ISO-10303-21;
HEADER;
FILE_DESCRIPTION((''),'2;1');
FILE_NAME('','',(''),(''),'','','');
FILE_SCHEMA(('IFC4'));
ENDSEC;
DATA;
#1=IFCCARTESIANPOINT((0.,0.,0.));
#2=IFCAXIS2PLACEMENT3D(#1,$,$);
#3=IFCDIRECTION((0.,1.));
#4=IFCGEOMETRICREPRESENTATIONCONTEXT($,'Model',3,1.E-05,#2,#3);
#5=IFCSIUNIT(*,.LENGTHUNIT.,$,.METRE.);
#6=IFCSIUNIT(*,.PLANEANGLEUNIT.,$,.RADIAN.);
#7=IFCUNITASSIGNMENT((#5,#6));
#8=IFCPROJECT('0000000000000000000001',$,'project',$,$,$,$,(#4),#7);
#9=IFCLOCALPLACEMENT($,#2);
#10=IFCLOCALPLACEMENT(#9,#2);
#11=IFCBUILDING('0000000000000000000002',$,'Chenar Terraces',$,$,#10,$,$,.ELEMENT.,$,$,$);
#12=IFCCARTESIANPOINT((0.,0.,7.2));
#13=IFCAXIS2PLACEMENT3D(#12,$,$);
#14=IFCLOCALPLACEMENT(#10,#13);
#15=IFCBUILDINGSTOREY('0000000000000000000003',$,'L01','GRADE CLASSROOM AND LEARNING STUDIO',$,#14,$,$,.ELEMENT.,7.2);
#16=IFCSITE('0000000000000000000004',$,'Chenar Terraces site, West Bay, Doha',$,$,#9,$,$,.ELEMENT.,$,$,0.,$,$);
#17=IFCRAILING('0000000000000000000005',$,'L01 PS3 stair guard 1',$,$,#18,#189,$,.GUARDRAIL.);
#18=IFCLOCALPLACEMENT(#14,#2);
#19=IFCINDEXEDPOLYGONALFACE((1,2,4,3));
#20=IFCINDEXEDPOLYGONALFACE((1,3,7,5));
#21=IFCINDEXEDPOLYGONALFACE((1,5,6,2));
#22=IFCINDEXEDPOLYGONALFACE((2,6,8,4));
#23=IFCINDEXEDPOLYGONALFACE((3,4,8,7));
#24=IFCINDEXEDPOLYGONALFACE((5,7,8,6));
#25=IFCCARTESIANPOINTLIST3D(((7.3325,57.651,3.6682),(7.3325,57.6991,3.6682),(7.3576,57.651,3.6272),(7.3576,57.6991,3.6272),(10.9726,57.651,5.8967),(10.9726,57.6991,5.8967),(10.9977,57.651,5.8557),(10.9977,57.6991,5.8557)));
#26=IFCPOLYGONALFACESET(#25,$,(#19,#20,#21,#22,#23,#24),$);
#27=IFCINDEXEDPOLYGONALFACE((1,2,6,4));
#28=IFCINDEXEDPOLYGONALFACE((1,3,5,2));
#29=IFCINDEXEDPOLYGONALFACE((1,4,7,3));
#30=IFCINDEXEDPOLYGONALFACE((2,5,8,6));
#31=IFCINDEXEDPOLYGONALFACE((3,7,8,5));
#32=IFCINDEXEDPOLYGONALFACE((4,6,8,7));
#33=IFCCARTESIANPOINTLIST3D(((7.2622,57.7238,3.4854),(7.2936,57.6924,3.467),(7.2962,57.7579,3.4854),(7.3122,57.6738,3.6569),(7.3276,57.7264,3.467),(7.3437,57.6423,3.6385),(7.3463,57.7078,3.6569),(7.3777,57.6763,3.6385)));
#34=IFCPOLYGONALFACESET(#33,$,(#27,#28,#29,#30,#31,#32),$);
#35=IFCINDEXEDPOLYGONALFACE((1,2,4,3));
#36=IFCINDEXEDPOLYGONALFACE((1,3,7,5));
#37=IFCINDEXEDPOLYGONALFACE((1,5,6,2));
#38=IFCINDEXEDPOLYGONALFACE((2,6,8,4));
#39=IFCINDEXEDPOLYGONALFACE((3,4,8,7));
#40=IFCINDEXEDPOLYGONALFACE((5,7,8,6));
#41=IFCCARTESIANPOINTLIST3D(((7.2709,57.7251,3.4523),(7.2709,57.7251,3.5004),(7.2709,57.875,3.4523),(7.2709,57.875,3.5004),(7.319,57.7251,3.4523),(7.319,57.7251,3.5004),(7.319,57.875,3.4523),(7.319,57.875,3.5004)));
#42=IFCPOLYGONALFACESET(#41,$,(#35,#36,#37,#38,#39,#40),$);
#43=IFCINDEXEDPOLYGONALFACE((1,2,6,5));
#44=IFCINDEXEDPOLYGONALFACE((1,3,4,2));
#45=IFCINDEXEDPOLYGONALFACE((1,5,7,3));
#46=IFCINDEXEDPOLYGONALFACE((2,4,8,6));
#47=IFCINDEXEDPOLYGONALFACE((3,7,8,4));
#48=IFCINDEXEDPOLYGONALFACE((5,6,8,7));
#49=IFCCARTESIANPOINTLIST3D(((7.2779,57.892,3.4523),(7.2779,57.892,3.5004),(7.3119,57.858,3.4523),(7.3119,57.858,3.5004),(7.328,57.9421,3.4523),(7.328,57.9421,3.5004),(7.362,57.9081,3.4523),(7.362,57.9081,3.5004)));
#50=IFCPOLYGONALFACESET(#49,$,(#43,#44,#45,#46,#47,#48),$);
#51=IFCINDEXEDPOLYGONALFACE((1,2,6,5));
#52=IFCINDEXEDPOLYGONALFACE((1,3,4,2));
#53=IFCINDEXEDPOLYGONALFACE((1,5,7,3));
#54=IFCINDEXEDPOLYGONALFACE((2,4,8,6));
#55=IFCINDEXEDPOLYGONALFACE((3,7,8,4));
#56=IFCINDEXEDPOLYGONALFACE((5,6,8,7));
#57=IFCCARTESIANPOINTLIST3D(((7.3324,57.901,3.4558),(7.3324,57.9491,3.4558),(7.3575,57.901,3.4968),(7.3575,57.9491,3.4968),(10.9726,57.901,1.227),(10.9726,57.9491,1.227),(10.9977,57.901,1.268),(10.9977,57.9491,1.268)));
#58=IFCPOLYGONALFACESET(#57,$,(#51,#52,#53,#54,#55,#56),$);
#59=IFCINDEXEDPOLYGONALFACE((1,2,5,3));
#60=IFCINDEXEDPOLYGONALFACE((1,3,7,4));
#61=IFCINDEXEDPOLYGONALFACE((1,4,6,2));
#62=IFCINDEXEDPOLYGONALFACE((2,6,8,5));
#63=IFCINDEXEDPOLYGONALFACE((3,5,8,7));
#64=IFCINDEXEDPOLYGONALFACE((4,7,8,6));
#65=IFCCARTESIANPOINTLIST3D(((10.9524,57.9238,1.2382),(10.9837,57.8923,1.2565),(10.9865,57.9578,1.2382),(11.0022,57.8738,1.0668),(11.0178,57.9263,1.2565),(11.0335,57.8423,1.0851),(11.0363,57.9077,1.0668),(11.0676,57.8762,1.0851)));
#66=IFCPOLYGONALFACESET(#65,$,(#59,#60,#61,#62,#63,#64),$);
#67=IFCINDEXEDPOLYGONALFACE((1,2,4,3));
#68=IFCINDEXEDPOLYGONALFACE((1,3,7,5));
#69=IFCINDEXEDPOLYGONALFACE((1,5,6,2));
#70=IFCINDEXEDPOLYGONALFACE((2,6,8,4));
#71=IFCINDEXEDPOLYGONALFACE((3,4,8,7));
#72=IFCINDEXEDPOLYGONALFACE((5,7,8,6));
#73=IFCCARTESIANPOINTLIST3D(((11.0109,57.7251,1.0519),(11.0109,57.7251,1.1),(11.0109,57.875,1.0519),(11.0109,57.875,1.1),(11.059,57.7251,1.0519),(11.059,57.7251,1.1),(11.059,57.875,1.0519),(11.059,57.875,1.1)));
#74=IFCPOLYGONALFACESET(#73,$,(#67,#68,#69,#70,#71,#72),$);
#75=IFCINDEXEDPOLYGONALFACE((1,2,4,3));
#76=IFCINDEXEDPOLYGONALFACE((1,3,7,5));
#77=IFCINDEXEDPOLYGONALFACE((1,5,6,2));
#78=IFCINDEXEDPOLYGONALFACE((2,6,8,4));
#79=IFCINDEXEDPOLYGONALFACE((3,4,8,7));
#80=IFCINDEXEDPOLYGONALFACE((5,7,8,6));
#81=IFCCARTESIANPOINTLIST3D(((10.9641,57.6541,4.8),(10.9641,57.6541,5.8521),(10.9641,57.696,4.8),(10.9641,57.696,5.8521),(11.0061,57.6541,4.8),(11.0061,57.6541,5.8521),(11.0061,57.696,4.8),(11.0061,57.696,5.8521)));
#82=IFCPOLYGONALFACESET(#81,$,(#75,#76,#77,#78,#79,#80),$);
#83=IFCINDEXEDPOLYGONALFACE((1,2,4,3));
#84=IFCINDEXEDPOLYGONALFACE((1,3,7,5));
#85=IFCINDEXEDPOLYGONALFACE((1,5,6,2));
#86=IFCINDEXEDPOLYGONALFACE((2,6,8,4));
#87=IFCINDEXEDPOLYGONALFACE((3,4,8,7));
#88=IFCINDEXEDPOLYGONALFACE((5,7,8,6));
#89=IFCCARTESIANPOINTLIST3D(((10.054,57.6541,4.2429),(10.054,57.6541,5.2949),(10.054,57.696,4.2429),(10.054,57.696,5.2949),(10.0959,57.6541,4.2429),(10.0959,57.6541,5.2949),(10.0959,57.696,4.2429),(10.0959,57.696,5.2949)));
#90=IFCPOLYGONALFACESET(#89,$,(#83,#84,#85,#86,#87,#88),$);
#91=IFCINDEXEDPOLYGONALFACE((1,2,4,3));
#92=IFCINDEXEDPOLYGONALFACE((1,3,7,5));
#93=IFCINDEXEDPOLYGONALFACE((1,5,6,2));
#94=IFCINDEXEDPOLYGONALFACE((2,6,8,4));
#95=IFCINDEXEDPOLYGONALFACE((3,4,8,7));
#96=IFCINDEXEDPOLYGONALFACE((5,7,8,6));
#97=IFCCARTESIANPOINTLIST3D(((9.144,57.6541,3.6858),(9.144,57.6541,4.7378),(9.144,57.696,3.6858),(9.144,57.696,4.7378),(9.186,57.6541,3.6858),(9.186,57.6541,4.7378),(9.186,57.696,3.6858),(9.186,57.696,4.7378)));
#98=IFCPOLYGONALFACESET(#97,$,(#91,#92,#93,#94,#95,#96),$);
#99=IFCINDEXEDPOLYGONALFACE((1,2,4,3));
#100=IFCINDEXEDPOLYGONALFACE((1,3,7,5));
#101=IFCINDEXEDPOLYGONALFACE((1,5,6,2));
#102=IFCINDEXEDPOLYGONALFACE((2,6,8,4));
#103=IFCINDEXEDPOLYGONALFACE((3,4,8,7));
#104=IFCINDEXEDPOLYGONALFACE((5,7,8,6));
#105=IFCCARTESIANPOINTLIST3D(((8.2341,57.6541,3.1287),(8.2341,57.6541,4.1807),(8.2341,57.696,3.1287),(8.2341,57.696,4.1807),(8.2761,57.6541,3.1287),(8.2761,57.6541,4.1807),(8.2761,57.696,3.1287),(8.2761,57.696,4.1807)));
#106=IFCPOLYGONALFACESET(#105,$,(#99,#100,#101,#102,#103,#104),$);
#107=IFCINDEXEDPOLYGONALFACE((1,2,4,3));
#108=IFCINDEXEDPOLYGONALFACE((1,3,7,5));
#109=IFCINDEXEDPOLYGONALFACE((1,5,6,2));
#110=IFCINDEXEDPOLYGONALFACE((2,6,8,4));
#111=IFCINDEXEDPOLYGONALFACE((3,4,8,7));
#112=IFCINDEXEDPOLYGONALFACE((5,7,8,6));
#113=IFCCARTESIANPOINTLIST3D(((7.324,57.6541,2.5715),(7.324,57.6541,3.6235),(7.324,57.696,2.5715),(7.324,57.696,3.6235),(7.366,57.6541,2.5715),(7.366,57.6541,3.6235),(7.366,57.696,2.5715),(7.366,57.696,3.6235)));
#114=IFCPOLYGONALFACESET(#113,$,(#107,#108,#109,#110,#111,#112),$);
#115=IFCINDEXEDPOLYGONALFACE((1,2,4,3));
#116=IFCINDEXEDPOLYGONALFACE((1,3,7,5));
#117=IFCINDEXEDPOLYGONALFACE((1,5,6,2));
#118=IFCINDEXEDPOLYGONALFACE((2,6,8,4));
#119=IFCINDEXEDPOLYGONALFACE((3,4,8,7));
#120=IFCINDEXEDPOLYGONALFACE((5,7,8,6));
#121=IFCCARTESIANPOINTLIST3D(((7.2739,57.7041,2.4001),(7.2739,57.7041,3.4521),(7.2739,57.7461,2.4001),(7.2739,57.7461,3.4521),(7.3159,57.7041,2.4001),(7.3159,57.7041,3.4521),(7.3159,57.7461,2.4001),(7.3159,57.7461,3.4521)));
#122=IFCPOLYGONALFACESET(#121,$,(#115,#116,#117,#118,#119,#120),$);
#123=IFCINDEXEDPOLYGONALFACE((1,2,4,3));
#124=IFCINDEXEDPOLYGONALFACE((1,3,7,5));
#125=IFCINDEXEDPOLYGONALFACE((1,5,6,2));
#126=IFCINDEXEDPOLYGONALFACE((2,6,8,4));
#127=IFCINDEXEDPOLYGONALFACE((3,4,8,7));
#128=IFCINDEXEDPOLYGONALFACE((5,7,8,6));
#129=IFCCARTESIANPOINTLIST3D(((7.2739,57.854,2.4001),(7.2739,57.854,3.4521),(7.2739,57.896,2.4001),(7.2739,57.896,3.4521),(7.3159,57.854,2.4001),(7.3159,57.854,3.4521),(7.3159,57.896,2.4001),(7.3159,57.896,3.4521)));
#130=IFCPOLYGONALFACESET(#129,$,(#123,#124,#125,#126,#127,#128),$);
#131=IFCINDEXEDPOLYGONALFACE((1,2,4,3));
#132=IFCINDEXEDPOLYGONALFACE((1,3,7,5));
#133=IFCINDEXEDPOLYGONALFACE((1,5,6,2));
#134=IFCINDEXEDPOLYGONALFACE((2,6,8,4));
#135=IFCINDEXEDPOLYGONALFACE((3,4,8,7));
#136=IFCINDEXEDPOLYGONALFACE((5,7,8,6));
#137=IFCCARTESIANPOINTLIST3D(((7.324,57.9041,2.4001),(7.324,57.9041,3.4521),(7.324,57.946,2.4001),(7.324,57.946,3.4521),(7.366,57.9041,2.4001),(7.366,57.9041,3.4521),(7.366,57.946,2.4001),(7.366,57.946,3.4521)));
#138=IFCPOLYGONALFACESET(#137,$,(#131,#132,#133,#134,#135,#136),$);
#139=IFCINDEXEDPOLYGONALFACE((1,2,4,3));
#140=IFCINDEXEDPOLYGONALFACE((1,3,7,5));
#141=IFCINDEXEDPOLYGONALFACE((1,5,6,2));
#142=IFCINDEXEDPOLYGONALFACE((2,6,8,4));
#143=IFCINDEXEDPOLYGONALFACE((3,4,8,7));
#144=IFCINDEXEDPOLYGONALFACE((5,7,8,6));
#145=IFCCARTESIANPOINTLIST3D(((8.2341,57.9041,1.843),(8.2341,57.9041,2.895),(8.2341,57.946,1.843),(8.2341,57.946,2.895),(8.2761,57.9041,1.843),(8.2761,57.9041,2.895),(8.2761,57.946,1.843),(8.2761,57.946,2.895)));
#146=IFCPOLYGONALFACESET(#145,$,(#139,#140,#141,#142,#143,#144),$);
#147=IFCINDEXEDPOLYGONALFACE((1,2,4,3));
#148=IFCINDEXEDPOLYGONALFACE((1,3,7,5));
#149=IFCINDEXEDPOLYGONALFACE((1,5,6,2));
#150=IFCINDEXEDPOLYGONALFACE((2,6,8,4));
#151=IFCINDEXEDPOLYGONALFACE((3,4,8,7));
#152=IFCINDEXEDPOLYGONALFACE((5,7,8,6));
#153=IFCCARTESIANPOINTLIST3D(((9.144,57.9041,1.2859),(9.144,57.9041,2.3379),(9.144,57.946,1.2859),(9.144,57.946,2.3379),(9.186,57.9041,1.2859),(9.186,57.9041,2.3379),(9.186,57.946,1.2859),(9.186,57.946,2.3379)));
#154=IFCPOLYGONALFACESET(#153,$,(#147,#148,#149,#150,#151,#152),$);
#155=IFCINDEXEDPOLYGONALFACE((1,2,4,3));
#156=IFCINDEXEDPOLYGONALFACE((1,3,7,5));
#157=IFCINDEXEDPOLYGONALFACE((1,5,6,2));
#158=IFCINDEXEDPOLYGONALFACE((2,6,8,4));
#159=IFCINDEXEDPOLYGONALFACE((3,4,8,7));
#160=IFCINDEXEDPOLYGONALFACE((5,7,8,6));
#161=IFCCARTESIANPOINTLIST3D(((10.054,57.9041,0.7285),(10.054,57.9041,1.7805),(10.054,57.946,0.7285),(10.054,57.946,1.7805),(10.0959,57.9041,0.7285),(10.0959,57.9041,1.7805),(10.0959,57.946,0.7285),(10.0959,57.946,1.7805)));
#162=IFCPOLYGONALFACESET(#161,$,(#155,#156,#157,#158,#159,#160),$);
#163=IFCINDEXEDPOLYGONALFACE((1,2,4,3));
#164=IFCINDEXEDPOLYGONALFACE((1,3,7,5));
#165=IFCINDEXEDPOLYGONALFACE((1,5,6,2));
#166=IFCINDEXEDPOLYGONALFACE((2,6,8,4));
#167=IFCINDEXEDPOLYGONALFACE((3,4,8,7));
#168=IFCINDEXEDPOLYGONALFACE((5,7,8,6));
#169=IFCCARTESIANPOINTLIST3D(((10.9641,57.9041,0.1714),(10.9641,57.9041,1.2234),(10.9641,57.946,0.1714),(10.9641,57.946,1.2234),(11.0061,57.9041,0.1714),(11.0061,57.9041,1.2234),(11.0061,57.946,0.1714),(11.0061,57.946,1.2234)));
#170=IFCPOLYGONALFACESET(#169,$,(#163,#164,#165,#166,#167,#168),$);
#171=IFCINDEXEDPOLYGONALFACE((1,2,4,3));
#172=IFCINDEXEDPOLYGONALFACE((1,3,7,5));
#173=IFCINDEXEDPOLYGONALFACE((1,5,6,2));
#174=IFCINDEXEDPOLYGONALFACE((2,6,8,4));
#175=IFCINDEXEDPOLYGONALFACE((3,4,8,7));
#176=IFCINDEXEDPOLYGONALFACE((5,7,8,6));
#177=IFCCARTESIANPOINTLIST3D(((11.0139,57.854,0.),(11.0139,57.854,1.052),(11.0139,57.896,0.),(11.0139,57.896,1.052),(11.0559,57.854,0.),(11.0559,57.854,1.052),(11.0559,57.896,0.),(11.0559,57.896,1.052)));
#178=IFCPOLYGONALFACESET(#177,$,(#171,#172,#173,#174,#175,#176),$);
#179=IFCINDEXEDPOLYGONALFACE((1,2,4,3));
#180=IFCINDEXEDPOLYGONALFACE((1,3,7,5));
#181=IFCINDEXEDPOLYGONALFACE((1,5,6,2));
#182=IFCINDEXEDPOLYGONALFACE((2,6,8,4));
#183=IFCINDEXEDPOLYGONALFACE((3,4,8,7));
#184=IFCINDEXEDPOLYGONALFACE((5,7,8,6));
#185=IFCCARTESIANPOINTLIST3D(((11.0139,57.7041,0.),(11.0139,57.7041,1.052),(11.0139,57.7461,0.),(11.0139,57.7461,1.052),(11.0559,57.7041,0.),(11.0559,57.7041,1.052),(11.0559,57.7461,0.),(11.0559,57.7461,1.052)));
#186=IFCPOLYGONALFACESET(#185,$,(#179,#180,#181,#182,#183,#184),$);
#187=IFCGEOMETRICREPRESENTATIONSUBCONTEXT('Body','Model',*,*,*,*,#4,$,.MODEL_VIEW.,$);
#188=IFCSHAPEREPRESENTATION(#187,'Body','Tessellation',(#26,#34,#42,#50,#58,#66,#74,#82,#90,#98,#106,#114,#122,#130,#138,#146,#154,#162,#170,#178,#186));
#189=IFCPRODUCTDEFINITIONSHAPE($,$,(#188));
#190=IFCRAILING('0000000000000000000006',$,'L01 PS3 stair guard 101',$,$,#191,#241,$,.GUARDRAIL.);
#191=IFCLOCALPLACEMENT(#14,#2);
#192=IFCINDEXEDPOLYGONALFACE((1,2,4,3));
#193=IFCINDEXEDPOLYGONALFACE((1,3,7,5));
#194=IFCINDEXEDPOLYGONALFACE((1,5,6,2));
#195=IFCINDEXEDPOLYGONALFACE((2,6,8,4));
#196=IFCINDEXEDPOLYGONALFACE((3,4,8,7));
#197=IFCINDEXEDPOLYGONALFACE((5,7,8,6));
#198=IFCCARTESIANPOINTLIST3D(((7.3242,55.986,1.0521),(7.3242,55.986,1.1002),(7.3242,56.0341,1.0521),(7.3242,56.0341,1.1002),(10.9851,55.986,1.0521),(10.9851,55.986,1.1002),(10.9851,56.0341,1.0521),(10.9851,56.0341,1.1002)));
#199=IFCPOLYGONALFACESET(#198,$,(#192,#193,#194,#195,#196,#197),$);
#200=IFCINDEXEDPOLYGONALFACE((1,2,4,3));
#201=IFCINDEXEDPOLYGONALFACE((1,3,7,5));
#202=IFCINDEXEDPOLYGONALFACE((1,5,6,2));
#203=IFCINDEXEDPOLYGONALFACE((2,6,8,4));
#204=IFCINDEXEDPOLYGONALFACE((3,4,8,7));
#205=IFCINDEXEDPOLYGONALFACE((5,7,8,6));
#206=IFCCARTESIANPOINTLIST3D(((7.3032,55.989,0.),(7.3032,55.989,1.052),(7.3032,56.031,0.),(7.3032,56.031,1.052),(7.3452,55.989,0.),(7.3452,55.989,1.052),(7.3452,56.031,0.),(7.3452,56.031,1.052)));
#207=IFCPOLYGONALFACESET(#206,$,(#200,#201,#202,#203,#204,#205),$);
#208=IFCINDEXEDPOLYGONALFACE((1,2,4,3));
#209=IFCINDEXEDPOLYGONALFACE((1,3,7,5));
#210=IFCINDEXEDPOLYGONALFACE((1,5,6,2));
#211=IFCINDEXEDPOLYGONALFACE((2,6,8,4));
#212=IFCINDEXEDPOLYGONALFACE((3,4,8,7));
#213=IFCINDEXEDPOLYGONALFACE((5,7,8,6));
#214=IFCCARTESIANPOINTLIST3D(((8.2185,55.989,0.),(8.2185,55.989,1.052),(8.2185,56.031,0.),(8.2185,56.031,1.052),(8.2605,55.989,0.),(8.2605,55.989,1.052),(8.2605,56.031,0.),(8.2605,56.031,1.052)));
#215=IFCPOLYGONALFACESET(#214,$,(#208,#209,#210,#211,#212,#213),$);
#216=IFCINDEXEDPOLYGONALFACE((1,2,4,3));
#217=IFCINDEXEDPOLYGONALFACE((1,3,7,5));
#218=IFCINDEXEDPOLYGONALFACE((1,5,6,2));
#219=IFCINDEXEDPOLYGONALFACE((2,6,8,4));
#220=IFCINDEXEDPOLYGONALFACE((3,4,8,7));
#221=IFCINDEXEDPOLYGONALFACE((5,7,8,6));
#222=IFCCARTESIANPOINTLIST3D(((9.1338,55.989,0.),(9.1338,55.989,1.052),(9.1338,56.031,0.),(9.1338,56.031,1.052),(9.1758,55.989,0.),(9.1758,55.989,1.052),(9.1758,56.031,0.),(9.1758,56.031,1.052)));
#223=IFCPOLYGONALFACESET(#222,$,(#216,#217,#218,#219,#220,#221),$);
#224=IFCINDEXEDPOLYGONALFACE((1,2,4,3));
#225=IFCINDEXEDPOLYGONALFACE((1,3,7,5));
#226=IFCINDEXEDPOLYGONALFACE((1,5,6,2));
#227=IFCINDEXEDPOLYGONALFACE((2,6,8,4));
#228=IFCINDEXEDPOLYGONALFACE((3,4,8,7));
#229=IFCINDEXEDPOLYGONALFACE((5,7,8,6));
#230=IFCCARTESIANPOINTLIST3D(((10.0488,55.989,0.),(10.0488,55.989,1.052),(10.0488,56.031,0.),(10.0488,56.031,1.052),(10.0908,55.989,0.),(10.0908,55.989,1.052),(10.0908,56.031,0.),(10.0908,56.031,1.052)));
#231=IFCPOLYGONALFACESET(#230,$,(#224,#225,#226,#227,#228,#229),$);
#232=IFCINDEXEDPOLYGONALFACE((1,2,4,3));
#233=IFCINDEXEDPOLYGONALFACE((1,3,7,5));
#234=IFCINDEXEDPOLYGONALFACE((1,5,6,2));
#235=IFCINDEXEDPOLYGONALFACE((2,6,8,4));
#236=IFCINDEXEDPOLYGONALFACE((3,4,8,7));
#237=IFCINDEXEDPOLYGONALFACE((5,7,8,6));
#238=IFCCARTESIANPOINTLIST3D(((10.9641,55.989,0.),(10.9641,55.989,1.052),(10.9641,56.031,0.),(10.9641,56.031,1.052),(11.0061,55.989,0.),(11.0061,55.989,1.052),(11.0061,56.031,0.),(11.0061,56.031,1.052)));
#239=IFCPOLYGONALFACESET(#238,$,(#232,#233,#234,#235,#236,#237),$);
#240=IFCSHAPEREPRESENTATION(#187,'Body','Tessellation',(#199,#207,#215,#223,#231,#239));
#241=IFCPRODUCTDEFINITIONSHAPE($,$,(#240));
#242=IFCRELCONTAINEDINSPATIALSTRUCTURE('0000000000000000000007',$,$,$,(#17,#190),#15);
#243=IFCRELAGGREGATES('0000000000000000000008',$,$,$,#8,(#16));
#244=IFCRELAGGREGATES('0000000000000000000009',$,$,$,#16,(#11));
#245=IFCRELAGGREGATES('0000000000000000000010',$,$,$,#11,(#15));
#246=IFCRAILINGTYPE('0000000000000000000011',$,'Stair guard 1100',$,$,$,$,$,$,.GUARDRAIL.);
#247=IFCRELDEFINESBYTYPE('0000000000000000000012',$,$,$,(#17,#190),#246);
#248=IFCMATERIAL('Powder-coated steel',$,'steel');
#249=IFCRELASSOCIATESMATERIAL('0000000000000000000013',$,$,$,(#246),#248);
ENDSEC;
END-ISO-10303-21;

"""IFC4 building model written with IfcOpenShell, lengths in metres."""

from ifc_helpers import new_model, si_unit, direction, frame, origin, origin_2d, place, context, subcontext, project, spatial, rectangle, extrude, material, type_object, element, save


model = new_model("IFC4")

# Units and contexts
model_context = context("Model", 3, precision=1e-05, world=origin(), true_north=direction((0.0, 1.0)))
body_context = subcontext(model_context, "Body", "Model", "MODEL_VIEW")
ifc_project = project(units=[si_unit("LENGTHUNIT", "METRE"), si_unit("PLANEANGLEUNIT", "RADIAN")], contexts=[model_context])

# Site, building, storey
site_placement = place(None, origin())
site = spatial("IfcSite", under=ifc_project, at=site_placement, Name="Chenar Terraces site, West Bay, Doha", CompositionType="ELEMENT", RefElevation=0.0)
building_placement = place(site_placement, origin())
building = spatial("IfcBuilding", under=site, at=building_placement, Name="Chenar Terraces", CompositionType="ELEMENT")
storey_placement = place(building_placement, frame((0.0, 0.0, 7.2)))
storey = spatial("IfcBuildingStorey", under=building, at=storey_placement, Name="L01", Description="GRADE CLASSROOM AND LEARNING STUDIO", CompositionType="ELEMENT", Elevation=7.2)

# Railings
ifc_material_1 = material(Name="Powder-coated steel", Category="steel")
railing_type_1 = type_object("IfcRailingType", Name="Stair guard 1100", PredefinedType="GUARDRAIL", material=ifc_material_1)
railing_1_placement = place(storey_placement, frame((10.9851, 57.675, 4.8)))
element("IfcRailing", 1, at=railing_1_placement, inside=storey, type_object=railing_type_1, Name="L01 PS3 stair guard 1", PredefinedType="GUARDRAIL", context=body_context, shape_type="SweptSolid", body=[
    extrude(rectangle(XDim=0.0481, YDim=0.0481, at=origin_2d()), frame((0.0, 0.0, 1.0762), z_axis=(-0.852866, 0.0, -0.52213), x_axis=(0.0, -1.0, 0.0)), (0.0, 0.0, 1.0), 4.2681),
    extrude(rectangle(XDim=0.0481, YDim=0.0481, at=origin_2d()), frame((-3.6401, 0.0, -1.1523), z_axis=(-0.269911, 0.269911, -0.924281), x_axis=(-0.707107, -0.707107, 0.0)), (0.0, 0.0, 1.0), 0.1855),
    extrude(rectangle(XDim=0.0481, YDim=0.0481, at=origin_2d()), frame((-3.6902, 0.05, -1.3237), z_axis=(0.0, 1.0, 0.0), x_axis=(-1.0, 0.0, 0.0)), (0.0, 0.0, 1.0), 0.1499),
    extrude(rectangle(XDim=0.0481, YDim=0.0481, at=origin_2d()), frame((-3.6902, 0.2, -1.3237), z_axis=(0.707107, 0.707107, 0.0), x_axis=(-0.707107, 0.707107, 0.0)), (0.0, 0.0, 1.0), 0.0708),
    extrude(rectangle(XDim=0.0481, YDim=0.0481, at=origin_2d()), frame((-3.6401, 0.25, -1.3237), z_axis=(0.85284, 0.0, -0.522172), x_axis=(0.0, 1.0, 0.0)), (0.0, 0.0, 1.0), 4.2683),
    extrude(rectangle(XDim=0.0481, YDim=0.0481, at=origin_2d()), frame((0.0, 0.25, -3.5527), z_axis=(0.26869, -0.270007, -0.924609), x_axis=(0.708834, 0.705376, 0.0)), (0.0, 0.0, 1.0), 0.1853),
    extrude(rectangle(XDim=0.0481, YDim=0.0481, at=origin_2d()), frame((0.0498, 0.2, -3.7241), z_axis=(0.0, -1.0, 0.0), x_axis=(1.0, 0.0, 0.0)), (0.0, 0.0, 1.0), 0.1499),
    extrude(rectangle(XDim=0.042, YDim=0.042, at=origin_2d()), origin(), (0.0, 0.0, 1.0), 1.052),
    extrude(rectangle(XDim=0.042, YDim=0.042, at=origin_2d()), frame((-0.9102, 0.0, -0.5571)), (0.0, 0.0, 1.0), 1.052),
    extrude(rectangle(XDim=0.042, YDim=0.042, at=origin_2d()), frame((-1.8201, 0.0, -1.1143)), (0.0, 0.0, 1.0), 1.052),
    extrude(rectangle(XDim=0.042, YDim=0.042, at=origin_2d()), frame((-2.73, 0.0, -1.6714)), (0.0, 0.0, 1.0), 1.052),
    extrude(rectangle(XDim=0.042, YDim=0.042, at=origin_2d()), frame((-3.6401, 0.0, -2.2285)), (0.0, 0.0, 1.0), 1.052),
    extrude(rectangle(XDim=0.042, YDim=0.042, at=origin_2d()), frame((-3.6902, 0.05, -2.3999)), (0.0, 0.0, 1.0), 1.052),
    extrude(rectangle(XDim=0.042, YDim=0.042, at=origin_2d()), frame((-3.6902, 0.2, -2.3999)), (0.0, 0.0, 1.0), 1.052),
    extrude(rectangle(XDim=0.042, YDim=0.042, at=origin_2d()), frame((-3.6401, 0.25, -2.3999)), (0.0, 0.0, 1.0), 1.052),
    extrude(rectangle(XDim=0.042, YDim=0.042, at=origin_2d()), frame((-2.73, 0.25, -2.957)), (0.0, 0.0, 1.0), 1.052),
    extrude(rectangle(XDim=0.042, YDim=0.042, at=origin_2d()), frame((-1.8201, 0.25, -3.5142)), (0.0, 0.0, 1.0), 1.052),
    extrude(rectangle(XDim=0.042, YDim=0.042, at=origin_2d()), frame((-0.9102, 0.25, -4.0715)), (0.0, 0.0, 1.0), 1.052),
    extrude(rectangle(XDim=0.042, YDim=0.042, at=origin_2d()), frame((0.0, 0.25, -4.6287)), (0.0, 0.0, 1.0), 1.052),
    extrude(rectangle(XDim=0.042, YDim=0.042, at=origin_2d()), frame((0.0498, 0.2, -4.8)), (0.0, 0.0, 1.0), 1.052),
    extrude(rectangle(XDim=0.042, YDim=0.042, at=origin_2d()), frame((0.0498, 0.05, -4.8)), (0.0, 0.0, 1.0), 1.052),
])
railing_2_placement = place(storey_placement, frame((7.3242, 56.01, 0.0)))
element("IfcRailing", 2, at=railing_2_placement, inside=storey, type_object=railing_type_1, Name="L01 PS3 stair guard 101", PredefinedType="GUARDRAIL", context=body_context, shape_type="SweptSolid", body=[
    extrude(rectangle(XDim=0.0481, YDim=0.0481, at=origin_2d()), frame((0.0, 0.0, 1.0762), z_axis=(1.0, 0.0, 0.0), x_axis=(0.0, 1.0, 0.0)), (0.0, 0.0, 1.0), 3.6609),
    extrude(rectangle(XDim=0.042, YDim=0.042, at=origin_2d()), origin(), (0.0, 0.0, 1.0), 1.052),
    extrude(rectangle(XDim=0.042, YDim=0.042, at=origin_2d()), frame((0.9153, 0.0, 0.0)), (0.0, 0.0, 1.0), 1.052),
    extrude(rectangle(XDim=0.042, YDim=0.042, at=origin_2d()), frame((1.8306, 0.0, 0.0)), (0.0, 0.0, 1.0), 1.052),
    extrude(rectangle(XDim=0.042, YDim=0.042, at=origin_2d()), frame((2.7456, 0.0, 0.0)), (0.0, 0.0, 1.0), 1.052),
    extrude(rectangle(XDim=0.042, YDim=0.042, at=origin_2d()), frame((3.6609, 0.0, 0.0)), (0.0, 0.0, 1.0), 1.052),
])

save(model, "model.ifc")
